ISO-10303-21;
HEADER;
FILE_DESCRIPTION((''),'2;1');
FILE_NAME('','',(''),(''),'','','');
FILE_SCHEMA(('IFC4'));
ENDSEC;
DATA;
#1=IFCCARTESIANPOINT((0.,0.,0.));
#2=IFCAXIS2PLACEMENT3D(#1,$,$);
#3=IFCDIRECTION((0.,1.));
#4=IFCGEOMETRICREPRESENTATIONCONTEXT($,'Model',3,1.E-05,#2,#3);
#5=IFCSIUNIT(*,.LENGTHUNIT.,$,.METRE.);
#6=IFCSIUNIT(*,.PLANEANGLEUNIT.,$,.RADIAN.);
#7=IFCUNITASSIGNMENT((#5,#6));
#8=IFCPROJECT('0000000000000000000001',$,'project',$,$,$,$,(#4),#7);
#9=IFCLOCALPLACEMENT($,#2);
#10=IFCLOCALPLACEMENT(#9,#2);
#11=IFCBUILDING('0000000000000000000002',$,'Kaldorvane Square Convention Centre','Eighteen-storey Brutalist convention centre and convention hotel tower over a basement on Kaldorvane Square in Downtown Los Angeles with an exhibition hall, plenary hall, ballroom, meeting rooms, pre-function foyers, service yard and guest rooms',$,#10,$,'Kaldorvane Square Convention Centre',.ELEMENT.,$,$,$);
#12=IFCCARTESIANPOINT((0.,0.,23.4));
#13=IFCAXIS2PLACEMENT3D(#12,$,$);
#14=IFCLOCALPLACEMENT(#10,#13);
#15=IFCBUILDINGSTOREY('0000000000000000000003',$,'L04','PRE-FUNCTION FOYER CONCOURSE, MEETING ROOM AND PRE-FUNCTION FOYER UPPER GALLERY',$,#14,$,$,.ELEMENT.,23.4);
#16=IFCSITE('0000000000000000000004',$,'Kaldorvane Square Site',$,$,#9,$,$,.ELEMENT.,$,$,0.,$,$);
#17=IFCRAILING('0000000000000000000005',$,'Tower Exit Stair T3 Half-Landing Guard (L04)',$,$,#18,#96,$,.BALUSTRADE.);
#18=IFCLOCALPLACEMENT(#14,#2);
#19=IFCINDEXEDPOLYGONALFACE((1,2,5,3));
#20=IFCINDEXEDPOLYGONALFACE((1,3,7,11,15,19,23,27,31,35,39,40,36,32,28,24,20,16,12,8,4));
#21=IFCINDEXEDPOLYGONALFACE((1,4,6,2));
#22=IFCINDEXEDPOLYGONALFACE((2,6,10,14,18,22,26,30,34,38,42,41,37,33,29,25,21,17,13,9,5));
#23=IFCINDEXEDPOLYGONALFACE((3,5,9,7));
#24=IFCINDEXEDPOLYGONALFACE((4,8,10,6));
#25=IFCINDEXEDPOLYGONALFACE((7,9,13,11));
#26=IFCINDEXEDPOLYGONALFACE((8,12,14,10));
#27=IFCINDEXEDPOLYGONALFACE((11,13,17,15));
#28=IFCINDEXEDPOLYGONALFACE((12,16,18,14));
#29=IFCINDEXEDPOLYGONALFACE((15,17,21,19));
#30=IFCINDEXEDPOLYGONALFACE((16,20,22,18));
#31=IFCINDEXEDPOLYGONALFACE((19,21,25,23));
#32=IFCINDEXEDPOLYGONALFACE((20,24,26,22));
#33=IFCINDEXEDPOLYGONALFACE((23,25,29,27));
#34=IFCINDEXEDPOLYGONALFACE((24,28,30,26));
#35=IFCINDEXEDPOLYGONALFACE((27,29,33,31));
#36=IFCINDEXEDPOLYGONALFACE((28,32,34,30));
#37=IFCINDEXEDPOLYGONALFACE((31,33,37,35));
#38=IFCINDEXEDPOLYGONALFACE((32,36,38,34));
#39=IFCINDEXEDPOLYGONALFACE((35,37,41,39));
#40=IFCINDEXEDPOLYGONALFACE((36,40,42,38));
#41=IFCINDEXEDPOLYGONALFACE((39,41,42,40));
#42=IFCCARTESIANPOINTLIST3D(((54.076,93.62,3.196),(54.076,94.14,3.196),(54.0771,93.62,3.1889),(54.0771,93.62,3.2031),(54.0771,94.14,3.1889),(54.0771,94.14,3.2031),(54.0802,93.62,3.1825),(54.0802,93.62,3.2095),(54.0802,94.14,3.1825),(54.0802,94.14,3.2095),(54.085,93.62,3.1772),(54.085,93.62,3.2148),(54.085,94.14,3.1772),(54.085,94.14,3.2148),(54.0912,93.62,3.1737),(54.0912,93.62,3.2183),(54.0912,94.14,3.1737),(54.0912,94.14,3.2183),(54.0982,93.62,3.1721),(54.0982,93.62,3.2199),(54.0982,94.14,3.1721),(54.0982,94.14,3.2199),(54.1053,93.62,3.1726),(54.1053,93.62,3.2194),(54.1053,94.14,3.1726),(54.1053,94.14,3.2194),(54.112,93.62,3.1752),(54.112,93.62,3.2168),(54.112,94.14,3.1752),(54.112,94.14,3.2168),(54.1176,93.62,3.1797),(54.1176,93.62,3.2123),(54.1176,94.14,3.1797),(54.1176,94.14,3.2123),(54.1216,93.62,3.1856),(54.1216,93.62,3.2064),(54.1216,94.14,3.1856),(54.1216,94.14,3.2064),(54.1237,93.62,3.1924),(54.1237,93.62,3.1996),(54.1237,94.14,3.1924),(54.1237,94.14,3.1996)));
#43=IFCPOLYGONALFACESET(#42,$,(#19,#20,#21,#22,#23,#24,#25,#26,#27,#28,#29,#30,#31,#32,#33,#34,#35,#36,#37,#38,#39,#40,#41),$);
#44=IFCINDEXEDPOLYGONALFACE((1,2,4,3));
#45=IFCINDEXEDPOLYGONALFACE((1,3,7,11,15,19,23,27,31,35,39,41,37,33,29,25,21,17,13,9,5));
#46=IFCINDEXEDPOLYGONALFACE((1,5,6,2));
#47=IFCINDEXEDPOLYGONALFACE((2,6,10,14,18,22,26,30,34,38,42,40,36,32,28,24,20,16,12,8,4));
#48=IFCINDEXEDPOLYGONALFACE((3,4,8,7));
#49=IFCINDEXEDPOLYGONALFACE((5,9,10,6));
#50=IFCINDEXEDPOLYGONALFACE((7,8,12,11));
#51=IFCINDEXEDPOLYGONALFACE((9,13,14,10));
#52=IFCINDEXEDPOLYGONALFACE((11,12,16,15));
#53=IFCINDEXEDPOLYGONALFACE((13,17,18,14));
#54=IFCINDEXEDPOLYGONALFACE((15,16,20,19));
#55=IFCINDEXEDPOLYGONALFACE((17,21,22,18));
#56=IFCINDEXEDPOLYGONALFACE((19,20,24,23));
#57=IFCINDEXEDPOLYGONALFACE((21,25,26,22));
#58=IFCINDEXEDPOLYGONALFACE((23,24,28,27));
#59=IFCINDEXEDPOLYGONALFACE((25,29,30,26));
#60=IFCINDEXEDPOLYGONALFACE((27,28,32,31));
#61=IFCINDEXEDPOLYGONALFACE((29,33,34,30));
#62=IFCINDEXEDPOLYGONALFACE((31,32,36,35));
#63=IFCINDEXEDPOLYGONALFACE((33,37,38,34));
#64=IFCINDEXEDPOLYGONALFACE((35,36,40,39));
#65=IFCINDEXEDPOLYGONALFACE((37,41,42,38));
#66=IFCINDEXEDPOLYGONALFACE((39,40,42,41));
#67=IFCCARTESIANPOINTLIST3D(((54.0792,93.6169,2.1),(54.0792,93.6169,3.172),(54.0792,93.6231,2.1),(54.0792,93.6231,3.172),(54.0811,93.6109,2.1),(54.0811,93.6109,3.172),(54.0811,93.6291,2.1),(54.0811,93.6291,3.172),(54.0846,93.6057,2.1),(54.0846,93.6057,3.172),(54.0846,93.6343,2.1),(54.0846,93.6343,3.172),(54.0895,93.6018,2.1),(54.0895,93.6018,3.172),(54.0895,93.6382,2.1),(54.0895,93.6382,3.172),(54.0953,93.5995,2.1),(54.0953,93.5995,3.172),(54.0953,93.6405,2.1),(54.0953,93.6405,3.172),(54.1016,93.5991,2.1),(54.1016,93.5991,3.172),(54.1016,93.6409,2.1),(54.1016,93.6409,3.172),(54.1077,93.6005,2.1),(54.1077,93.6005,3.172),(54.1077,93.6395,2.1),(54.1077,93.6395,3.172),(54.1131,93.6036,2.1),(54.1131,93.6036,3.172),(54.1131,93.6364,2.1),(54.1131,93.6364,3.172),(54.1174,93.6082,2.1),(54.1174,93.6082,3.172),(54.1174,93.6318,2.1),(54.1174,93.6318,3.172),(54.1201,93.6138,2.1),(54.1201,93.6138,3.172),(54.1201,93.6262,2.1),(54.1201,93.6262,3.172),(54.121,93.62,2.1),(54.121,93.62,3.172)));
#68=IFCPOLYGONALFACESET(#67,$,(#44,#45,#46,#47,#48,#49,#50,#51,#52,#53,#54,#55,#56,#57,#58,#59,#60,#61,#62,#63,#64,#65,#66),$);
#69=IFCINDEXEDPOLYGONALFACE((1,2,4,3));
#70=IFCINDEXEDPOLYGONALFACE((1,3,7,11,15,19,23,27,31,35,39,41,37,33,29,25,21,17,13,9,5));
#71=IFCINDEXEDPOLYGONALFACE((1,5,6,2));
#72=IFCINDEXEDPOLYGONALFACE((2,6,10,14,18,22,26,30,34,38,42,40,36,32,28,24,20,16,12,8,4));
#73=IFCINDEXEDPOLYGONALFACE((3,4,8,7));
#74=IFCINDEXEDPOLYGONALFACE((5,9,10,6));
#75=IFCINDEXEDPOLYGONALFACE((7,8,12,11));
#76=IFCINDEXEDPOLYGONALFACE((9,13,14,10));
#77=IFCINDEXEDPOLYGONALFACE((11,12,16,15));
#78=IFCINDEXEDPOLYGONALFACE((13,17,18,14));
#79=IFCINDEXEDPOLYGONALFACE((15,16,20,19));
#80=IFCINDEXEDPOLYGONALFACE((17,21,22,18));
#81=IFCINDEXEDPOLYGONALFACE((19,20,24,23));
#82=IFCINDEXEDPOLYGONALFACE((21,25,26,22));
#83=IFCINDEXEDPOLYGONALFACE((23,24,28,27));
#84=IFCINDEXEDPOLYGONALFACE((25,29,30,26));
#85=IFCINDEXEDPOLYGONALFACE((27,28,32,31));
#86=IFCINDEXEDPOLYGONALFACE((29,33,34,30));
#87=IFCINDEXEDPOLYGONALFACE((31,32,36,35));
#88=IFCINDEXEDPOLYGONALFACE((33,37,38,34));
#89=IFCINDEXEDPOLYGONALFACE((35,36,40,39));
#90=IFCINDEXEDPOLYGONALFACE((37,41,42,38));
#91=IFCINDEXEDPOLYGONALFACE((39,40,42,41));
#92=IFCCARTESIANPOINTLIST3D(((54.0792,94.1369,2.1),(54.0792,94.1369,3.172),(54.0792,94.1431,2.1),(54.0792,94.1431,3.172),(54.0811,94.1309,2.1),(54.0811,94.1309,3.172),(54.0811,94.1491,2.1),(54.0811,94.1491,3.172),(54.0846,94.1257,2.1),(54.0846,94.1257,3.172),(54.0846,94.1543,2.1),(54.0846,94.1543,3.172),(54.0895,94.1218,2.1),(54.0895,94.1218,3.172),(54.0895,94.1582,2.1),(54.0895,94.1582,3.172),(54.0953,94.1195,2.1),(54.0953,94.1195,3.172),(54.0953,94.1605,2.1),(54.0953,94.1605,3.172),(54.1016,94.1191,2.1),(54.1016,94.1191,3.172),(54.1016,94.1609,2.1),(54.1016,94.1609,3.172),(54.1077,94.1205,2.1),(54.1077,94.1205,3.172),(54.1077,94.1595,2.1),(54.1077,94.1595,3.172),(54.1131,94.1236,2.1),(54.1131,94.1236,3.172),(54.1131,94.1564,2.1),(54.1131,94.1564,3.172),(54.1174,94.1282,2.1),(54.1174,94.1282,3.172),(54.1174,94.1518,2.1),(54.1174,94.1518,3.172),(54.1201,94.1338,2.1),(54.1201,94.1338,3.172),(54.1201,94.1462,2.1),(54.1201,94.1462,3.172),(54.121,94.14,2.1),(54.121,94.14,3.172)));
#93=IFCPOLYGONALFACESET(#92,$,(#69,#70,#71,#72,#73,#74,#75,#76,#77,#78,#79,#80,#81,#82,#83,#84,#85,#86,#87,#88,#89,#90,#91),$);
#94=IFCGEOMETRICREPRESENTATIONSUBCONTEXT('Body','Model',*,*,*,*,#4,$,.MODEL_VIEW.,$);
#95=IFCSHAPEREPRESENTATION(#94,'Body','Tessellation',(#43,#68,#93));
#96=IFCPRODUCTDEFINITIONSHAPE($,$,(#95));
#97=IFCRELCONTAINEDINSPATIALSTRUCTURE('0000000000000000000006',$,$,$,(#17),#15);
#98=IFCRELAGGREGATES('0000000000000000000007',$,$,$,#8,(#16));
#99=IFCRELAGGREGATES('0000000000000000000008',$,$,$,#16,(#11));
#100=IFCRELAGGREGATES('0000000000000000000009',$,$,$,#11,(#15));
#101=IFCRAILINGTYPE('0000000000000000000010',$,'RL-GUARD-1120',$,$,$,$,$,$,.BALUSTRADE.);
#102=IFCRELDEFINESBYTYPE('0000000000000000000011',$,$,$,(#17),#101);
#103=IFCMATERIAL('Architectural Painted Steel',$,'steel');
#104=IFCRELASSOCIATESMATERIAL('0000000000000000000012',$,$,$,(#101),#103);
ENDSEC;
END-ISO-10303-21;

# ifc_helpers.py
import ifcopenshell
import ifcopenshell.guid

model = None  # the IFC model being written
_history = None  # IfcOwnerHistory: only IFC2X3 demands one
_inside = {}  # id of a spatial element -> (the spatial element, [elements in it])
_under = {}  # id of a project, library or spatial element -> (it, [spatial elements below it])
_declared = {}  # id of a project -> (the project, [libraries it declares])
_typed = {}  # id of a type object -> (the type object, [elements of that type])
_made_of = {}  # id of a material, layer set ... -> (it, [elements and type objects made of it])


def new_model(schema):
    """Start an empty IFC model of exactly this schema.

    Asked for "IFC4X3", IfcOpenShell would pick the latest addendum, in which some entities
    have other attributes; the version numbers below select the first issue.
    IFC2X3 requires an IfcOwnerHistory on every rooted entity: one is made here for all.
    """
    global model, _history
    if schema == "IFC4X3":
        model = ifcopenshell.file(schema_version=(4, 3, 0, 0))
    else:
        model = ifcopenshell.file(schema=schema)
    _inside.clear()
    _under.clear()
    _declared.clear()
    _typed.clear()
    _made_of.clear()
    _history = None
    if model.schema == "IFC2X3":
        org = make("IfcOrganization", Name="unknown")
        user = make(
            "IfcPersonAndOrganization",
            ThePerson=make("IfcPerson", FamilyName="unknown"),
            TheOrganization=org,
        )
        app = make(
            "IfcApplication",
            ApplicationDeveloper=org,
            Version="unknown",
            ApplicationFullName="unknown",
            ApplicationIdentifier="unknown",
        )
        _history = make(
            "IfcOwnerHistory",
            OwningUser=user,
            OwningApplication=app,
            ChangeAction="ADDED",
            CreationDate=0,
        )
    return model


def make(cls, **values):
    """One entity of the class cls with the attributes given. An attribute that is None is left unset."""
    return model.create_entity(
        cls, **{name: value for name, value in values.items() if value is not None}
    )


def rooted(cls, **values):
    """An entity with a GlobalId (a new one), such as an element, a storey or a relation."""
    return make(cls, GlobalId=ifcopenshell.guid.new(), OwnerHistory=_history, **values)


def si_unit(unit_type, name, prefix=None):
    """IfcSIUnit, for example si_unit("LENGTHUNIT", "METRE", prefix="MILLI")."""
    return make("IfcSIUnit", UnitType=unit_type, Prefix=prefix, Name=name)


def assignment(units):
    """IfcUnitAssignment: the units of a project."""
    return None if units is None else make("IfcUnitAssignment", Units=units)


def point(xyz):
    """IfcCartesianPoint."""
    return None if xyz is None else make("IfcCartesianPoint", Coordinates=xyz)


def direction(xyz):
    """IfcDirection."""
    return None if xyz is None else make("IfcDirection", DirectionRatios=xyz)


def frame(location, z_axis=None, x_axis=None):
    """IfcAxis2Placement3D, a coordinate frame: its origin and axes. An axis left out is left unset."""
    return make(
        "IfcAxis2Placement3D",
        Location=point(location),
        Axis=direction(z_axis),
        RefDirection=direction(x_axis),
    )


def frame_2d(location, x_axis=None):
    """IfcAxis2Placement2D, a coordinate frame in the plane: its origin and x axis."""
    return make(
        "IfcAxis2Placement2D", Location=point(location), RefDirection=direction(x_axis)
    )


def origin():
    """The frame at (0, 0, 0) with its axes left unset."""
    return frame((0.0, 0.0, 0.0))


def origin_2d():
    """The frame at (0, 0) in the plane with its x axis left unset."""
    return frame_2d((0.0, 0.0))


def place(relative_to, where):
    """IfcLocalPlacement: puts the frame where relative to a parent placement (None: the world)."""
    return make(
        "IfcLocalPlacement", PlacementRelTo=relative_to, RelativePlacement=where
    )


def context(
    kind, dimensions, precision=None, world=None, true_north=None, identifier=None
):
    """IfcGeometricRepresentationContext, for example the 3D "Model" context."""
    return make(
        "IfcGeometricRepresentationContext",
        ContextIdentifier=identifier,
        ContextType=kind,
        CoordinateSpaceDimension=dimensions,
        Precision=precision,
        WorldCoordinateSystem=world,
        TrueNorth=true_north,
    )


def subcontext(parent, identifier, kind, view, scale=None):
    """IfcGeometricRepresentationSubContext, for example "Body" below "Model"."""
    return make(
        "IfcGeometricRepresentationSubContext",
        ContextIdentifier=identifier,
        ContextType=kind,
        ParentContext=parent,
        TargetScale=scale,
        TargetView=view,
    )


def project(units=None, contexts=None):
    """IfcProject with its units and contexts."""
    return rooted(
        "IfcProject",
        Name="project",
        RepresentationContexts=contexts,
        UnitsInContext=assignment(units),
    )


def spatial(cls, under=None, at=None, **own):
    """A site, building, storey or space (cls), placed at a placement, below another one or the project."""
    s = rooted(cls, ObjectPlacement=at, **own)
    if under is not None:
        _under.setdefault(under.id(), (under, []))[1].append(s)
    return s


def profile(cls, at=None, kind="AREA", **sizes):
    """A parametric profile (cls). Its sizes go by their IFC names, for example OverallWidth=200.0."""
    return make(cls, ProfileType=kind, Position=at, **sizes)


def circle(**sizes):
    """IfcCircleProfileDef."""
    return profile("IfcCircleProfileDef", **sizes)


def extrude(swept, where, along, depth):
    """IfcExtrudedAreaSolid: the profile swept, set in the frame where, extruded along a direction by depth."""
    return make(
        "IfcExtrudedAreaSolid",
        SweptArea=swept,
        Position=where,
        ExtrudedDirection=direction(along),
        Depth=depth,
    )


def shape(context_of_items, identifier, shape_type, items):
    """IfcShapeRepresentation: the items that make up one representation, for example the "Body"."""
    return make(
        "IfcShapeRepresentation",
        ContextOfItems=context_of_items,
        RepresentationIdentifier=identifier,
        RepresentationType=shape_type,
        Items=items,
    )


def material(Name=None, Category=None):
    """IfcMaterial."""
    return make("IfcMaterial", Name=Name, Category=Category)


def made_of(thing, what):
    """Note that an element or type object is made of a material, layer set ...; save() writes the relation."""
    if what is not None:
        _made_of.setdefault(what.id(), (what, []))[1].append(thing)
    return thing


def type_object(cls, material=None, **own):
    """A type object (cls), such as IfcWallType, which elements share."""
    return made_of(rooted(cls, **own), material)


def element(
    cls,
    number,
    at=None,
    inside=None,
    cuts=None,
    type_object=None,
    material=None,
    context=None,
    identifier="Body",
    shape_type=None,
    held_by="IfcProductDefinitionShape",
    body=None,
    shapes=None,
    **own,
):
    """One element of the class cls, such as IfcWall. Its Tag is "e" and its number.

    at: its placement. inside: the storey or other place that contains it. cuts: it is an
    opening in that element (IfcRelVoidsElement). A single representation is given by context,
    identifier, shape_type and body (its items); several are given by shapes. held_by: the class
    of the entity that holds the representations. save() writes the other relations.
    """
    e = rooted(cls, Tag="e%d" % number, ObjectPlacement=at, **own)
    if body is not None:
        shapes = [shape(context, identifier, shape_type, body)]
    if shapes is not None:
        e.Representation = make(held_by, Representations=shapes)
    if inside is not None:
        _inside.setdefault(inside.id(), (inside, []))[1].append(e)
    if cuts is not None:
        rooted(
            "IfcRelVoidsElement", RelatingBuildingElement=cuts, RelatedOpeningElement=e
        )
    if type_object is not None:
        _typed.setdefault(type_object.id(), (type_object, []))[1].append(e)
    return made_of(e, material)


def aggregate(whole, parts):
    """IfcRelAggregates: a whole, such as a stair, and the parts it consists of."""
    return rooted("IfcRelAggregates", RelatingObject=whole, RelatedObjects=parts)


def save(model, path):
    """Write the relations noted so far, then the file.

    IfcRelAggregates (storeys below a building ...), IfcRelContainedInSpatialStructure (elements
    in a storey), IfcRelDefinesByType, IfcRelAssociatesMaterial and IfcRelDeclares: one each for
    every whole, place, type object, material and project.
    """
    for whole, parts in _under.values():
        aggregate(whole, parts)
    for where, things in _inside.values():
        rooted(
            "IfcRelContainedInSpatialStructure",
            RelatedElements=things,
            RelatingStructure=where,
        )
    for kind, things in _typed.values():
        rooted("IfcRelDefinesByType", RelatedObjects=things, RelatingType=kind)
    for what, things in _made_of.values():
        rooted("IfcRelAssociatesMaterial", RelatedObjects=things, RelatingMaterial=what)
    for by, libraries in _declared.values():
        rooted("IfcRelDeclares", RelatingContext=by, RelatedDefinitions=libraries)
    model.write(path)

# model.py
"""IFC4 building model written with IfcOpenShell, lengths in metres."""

from ifc_helpers import new_model, si_unit, direction, frame, origin, origin_2d, place, context, subcontext, project, spatial, circle, extrude, material, type_object, element, save


model = new_model("IFC4")

# Units and contexts
model_context = context("Model", 3, precision=1e-05, world=origin(), true_north=direction((0.0, 1.0)))
body_context = subcontext(model_context, "Body", "Model", "MODEL_VIEW")
ifc_project = project(units=[si_unit("LENGTHUNIT", "METRE"), si_unit("PLANEANGLEUNIT", "RADIAN")], contexts=[model_context])

# Site, building, storey
site_placement = place(None, origin())
site = spatial("IfcSite", under=ifc_project, at=site_placement, Name="Kaldorvane Square Site", CompositionType="ELEMENT", RefElevation=0.0)
building_placement = place(site_placement, origin())
building = spatial("IfcBuilding", under=site, at=building_placement, Name="Kaldorvane Square Convention Centre", Description="Eighteen-storey Brutalist convention centre and convention hotel tower over a basement on Kaldorvane Square in Downtown Los Angeles with an exhibition hall, plenary hall, ballroom, meeting rooms, pre-function foyers, service yard and guest rooms", LongName="Kaldorvane Square Convention Centre", CompositionType="ELEMENT")
storey_placement = place(building_placement, frame((0.0, 0.0, 23.4)))
storey = spatial("IfcBuildingStorey", under=building, at=storey_placement, Name="L04", Description="PRE-FUNCTION FOYER CONCOURSE, MEETING ROOM AND PRE-FUNCTION FOYER UPPER GALLERY", CompositionType="ELEMENT", Elevation=23.4)

# Railing
ifc_material_1 = material(Name="Architectural Painted Steel", Category="steel")
railing_type_1 = type_object("IfcRailingType", Name="RL-GUARD-1120", PredefinedType="BALUSTRADE", material=ifc_material_1)
for number, where, name in (
    (1, (54.1, 93.62, 2.1), "Tower Exit Stair T3 Half-Landing Guard (L04)"),
):
    element("IfcRailing", number, at=place(storey_placement, frame(where)), inside=storey, type_object=railing_type_1, Name=name, PredefinedType="BALUSTRADE", context=body_context, shape_type="SweptSolid", body=[
        extrude(circle(Radius=0.024, at=origin_2d()), frame((0.0, 0.0, 1.096), z_axis=(0.0, 1.0, 0.0), x_axis=(-1.0, 0.0, 0.0)), (0.0, 0.0, 1.0), 0.52),
        extrude(circle(Radius=0.021, at=origin_2d()), origin(), (0.0, 0.0, 1.0), 1.072),
        extrude(circle(Radius=0.021, at=origin_2d()), frame((0.0, 0.52, 0.0)), (0.0, 0.0, 1.0), 1.072),
    ])

save(model, "model.ifc")
